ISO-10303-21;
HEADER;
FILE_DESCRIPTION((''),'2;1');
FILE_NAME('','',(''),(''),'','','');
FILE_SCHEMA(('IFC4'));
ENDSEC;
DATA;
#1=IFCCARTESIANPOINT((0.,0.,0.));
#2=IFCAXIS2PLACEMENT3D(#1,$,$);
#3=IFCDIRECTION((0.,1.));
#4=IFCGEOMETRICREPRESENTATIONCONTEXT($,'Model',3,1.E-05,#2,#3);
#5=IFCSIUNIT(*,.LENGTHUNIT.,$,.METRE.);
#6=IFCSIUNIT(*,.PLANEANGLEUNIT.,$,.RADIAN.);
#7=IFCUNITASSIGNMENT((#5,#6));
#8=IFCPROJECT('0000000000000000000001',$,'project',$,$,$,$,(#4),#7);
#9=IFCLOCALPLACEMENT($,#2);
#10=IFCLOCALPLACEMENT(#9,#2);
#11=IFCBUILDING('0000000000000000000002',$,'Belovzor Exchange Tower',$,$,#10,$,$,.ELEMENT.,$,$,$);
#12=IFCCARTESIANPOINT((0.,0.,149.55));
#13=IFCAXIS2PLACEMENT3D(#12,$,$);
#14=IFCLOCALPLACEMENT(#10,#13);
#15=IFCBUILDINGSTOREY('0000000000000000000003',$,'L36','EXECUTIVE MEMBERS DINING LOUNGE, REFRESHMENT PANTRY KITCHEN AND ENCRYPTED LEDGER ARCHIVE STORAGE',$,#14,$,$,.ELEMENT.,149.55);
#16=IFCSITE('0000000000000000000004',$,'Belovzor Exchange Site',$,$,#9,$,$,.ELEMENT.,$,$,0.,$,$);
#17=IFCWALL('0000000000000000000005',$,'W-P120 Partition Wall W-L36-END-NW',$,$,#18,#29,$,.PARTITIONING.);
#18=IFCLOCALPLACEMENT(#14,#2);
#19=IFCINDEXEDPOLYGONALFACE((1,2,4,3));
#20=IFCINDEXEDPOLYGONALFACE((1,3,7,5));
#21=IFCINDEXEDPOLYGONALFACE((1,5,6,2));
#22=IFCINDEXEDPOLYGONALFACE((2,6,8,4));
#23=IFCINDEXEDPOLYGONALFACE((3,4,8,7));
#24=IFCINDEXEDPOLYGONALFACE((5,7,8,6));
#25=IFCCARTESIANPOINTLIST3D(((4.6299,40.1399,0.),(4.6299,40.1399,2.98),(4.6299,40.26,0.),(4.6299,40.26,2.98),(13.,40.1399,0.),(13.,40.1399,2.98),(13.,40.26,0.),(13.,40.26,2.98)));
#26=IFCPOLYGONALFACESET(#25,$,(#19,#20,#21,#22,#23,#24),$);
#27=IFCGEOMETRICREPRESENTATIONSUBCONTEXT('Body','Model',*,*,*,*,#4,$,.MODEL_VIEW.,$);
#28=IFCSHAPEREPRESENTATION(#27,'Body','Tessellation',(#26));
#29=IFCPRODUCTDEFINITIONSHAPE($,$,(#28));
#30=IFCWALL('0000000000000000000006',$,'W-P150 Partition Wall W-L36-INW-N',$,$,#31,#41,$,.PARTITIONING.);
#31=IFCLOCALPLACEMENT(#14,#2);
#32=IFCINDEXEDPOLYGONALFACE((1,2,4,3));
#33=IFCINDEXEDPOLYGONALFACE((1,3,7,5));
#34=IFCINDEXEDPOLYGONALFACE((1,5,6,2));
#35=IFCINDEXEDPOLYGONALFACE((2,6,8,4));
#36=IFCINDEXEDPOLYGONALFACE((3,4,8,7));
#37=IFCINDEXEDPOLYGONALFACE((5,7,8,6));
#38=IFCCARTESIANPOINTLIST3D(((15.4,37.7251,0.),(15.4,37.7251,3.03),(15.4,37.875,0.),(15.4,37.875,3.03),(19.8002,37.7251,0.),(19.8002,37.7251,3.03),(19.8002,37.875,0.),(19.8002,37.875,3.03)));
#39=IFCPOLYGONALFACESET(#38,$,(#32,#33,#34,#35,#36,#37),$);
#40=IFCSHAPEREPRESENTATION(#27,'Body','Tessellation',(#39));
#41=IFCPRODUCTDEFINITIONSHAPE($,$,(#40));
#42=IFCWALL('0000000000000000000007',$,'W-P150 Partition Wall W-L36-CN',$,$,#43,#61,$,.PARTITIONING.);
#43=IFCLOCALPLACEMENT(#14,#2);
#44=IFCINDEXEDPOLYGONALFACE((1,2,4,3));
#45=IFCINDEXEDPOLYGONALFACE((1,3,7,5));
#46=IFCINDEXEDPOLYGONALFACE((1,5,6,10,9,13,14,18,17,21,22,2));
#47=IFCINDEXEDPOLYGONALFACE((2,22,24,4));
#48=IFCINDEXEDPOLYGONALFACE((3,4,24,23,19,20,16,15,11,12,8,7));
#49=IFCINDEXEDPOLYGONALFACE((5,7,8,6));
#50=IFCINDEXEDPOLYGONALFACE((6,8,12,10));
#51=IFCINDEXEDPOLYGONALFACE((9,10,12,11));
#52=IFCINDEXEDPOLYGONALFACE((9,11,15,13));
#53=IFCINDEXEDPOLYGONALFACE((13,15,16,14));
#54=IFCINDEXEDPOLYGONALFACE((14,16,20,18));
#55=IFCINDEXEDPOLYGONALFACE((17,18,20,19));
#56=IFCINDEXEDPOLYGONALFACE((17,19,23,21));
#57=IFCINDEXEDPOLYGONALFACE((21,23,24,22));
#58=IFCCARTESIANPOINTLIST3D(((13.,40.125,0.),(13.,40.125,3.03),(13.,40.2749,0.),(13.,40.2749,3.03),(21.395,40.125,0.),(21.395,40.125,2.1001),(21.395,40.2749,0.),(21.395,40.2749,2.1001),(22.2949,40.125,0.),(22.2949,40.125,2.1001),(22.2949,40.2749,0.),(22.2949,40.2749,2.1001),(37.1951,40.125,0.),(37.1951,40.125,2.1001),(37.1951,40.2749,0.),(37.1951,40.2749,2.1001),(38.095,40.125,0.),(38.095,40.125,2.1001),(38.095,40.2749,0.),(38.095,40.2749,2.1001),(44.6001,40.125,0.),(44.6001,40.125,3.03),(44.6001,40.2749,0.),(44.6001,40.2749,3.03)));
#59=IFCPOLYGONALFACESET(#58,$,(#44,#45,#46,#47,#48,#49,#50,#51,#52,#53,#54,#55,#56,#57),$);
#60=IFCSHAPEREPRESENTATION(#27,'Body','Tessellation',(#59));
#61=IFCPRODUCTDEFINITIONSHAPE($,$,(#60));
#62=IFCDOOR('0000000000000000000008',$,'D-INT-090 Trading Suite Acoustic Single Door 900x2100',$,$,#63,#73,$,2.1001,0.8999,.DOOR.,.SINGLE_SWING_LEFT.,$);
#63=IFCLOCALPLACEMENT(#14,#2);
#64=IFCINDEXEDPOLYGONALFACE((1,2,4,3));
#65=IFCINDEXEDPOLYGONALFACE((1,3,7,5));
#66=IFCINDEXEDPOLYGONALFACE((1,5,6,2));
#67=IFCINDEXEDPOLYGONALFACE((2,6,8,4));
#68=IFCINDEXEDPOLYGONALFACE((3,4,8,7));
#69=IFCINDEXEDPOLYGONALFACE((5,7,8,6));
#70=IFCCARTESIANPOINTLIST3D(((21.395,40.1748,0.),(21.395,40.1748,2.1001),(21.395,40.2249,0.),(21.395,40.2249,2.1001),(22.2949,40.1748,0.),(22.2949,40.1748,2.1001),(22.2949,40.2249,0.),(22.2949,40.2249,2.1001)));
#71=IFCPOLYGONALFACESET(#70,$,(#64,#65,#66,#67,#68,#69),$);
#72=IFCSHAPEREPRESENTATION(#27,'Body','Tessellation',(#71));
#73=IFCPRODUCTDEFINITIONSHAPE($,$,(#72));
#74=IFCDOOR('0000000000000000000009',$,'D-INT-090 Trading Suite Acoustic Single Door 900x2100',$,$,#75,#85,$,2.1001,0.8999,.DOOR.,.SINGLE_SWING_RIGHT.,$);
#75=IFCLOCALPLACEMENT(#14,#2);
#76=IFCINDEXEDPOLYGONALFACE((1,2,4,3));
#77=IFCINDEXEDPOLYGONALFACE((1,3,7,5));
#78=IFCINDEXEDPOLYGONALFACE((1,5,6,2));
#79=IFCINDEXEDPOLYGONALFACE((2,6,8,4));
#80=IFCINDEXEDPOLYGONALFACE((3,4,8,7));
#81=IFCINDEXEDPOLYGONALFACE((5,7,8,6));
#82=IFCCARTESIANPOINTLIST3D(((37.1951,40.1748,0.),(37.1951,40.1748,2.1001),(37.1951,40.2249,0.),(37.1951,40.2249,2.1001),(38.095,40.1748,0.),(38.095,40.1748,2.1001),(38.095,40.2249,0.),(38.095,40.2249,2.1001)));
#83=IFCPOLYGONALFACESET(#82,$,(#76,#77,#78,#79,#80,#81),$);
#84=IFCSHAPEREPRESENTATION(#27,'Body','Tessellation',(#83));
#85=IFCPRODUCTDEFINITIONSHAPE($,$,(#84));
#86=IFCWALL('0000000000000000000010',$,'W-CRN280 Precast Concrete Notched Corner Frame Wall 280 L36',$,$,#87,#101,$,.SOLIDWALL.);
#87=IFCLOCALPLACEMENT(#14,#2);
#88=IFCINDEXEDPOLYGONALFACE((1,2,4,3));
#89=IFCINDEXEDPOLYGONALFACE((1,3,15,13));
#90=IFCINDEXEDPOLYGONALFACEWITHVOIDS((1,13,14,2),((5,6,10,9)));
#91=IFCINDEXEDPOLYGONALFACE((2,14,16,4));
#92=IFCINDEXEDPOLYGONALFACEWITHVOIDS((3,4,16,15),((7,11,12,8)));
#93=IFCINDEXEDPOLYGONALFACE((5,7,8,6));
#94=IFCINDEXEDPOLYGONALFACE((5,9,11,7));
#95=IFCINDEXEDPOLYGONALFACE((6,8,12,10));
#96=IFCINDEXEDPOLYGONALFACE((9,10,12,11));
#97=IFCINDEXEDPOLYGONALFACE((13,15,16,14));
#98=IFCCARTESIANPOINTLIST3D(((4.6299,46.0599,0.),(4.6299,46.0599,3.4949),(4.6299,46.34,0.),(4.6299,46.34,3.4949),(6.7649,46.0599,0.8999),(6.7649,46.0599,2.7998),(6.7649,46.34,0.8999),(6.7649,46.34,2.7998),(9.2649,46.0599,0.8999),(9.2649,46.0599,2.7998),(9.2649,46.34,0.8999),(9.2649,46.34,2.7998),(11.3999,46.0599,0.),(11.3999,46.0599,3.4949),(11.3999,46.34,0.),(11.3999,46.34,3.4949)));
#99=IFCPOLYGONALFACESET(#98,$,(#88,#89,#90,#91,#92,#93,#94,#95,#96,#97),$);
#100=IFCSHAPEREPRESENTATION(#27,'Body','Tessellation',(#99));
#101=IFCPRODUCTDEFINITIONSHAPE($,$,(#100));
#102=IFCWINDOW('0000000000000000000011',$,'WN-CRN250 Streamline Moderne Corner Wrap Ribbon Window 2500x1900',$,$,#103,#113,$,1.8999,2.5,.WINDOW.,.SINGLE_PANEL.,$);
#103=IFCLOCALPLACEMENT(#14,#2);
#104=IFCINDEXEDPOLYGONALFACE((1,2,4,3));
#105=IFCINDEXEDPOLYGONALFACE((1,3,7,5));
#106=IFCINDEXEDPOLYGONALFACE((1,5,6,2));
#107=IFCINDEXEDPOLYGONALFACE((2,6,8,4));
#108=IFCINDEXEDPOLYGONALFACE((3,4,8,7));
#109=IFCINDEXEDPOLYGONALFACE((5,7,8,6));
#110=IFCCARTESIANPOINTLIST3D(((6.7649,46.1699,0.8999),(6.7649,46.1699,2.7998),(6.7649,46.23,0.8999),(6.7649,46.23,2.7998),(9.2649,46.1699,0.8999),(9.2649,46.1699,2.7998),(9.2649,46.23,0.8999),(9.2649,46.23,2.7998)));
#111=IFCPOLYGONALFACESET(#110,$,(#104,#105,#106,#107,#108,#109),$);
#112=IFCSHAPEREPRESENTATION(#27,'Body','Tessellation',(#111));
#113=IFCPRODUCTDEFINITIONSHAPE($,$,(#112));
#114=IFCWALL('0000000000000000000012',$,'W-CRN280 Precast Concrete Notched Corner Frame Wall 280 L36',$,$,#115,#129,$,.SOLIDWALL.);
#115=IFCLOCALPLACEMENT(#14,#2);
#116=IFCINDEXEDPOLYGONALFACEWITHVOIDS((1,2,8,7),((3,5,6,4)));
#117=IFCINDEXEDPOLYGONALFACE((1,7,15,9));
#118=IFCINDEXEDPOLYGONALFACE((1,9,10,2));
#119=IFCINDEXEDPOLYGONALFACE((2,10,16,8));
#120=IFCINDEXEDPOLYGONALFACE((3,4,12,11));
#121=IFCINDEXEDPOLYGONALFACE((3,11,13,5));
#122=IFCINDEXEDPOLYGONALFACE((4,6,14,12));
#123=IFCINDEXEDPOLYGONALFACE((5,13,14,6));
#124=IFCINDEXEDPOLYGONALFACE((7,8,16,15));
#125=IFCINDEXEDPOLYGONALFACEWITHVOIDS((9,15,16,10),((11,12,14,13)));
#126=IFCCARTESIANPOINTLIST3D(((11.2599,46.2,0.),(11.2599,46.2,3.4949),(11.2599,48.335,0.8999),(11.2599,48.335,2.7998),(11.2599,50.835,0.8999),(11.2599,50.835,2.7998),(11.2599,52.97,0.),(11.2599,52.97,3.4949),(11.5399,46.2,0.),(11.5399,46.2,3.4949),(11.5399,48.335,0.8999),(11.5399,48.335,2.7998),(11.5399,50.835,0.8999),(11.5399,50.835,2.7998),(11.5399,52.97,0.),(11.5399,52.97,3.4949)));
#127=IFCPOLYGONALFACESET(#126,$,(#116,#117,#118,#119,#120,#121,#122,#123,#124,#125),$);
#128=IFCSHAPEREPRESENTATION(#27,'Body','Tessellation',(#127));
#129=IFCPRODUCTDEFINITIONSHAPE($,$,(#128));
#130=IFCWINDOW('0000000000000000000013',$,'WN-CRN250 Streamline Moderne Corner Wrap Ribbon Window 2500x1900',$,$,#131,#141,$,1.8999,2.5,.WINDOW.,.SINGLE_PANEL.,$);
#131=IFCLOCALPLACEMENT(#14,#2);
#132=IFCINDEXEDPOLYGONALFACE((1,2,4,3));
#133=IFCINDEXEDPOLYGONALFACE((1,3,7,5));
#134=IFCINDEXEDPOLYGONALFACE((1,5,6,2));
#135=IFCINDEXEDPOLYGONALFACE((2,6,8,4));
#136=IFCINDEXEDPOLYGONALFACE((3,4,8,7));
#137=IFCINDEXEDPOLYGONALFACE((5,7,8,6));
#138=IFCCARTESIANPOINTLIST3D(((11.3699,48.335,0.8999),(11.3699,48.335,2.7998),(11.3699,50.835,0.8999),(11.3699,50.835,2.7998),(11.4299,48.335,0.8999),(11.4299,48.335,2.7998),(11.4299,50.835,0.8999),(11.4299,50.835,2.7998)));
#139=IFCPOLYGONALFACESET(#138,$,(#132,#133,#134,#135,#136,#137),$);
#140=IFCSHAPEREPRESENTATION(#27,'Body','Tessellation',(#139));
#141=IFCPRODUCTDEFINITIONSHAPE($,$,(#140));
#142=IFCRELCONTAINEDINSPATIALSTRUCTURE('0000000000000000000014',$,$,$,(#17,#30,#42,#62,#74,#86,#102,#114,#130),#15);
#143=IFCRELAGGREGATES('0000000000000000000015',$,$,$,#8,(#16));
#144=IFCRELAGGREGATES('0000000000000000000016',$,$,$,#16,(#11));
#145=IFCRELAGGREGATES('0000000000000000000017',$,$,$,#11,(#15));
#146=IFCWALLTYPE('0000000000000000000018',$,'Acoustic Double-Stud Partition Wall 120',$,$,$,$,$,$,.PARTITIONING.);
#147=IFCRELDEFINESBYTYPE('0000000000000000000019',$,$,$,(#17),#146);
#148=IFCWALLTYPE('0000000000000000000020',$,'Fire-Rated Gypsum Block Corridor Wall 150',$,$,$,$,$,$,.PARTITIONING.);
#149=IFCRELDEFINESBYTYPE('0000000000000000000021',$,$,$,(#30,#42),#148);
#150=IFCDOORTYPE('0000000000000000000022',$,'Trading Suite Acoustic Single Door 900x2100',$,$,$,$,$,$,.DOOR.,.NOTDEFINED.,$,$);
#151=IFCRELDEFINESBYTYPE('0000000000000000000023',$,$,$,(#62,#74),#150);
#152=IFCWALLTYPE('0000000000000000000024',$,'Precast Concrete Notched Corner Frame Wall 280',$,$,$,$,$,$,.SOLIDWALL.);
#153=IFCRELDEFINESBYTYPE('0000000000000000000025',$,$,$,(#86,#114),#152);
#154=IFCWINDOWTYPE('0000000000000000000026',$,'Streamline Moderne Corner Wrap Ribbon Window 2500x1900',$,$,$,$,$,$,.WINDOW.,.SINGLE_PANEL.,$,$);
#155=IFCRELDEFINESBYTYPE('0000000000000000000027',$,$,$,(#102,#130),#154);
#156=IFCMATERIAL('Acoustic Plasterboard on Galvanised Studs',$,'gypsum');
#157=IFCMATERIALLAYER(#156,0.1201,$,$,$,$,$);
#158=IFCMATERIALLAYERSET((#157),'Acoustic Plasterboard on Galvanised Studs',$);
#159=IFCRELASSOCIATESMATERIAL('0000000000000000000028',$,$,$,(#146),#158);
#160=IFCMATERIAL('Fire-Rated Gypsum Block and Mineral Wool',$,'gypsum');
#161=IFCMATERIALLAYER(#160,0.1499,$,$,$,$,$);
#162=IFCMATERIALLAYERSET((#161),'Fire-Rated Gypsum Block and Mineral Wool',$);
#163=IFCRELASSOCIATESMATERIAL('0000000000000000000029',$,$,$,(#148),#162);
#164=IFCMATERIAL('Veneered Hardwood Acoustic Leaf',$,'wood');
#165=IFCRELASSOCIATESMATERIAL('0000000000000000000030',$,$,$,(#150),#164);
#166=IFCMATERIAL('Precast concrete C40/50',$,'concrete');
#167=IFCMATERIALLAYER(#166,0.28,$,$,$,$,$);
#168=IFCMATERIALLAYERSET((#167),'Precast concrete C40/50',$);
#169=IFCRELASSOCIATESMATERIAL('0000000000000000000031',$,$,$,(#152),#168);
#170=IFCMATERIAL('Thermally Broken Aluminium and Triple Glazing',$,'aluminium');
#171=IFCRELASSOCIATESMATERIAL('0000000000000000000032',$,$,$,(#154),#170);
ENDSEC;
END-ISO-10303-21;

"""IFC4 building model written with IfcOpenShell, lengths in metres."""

from ifc_helpers import new_model, si_unit, direction, frame, frame_2d, origin, place, context, subcontext, project, spatial, rectangle, extrude, material, layer, layer_set, type_object, element, fill, save


model = new_model("IFC4")

# Units and contexts
model_context = context("Model", 3, precision=1e-05, world=origin(), true_north=direction((0.0, 1.0)))
body_context = subcontext(model_context, "Body", "Model", "MODEL_VIEW")
ifc_project = project(units=[si_unit("LENGTHUNIT", "METRE"), si_unit("PLANEANGLEUNIT", "RADIAN")], contexts=[model_context])

# Site, building, storey
site_placement = place(None, origin())
site = spatial("IfcSite", under=ifc_project, at=site_placement, Name="Belovzor Exchange Site", CompositionType="ELEMENT", RefElevation=0.0)
building_placement = place(site_placement, origin())
building = spatial("IfcBuilding", under=site, at=building_placement, Name="Belovzor Exchange Tower", CompositionType="ELEMENT")
storey_placement = place(building_placement, frame((0.0, 0.0, 149.55)))
storey = spatial("IfcBuildingStorey", under=building, at=storey_placement, Name="L36", Description="EXECUTIVE MEMBERS DINING LOUNGE, REFRESHMENT PANTRY KITCHEN AND ENCRYPTED LEDGER ARCHIVE STORAGE", CompositionType="ELEMENT", Elevation=149.55)

# Walls
ifc_material_1 = material(Name="Acoustic Plasterboard on Galvanised Studs", Category="gypsum")
ifc_layer_1 = layer(ifc_material_1, 0.1201)
ifc_layer_set_1 = layer_set([ifc_layer_1], Name="Acoustic Plasterboard on Galvanised Studs")
wall_type_1 = type_object("IfcWallType", Name="Acoustic Double-Stud Partition Wall 120", PredefinedType="PARTITIONING", material=ifc_layer_set_1)
wall_1_placement = place(storey_placement, frame((4.6299, 40.2, 0.0), z_axis=(0.0, 0.0, 1.0), x_axis=(1.0, 0.0, 0.0)))
element("IfcWall", 1, at=wall_1_placement, inside=storey, type_object=wall_type_1, Name="W-P120 Partition Wall W-L36-END-NW", PredefinedType="PARTITIONING", context=body_context, shape_type="SweptSolid", body=[
    extrude(rectangle(XDim=8.3701, YDim=0.1201, at=frame_2d((4.1851, 0.0))), origin(), (0.0, 0.0, 1.0), 2.98),
])
ifc_material_2 = material(Name="Fire-Rated Gypsum Block and Mineral Wool", Category="gypsum")
ifc_layer_2 = layer(ifc_material_2, 0.1499)
ifc_layer_set_2 = layer_set([ifc_layer_2], Name="Fire-Rated Gypsum Block and Mineral Wool")
wall_type_2 = type_object("IfcWallType", Name="Fire-Rated Gypsum Block Corridor Wall 150", PredefinedType="PARTITIONING", material=ifc_layer_set_2)
wall_2_placement = place(storey_placement, frame((15.3999, 37.8, 0.0), z_axis=(0.0, 0.0, 1.0), x_axis=(1.0, 0.0, 0.0)))
element("IfcWall", 2, at=wall_2_placement, inside=storey, type_object=wall_type_2, Name="W-P150 Partition Wall W-L36-INW-N", PredefinedType="PARTITIONING", context=body_context, shape_type="SweptSolid", body=[
    extrude(rectangle(XDim=4.4001, YDim=0.1499, at=frame_2d((2.2002, 0.0))), origin(), (0.0, 0.0, 1.0), 3.03),
])

# Wall, openings, doors
wall_3_placement = place(storey_placement, frame((13.0, 40.2, 0.0), z_axis=(0.0, 0.0, 1.0), x_axis=(1.0, 0.0, 0.0)))
wall_3 = element("IfcWall", 3, at=wall_3_placement, inside=storey, type_object=wall_type_2, Name="W-P150 Partition Wall W-L36-CN", PredefinedType="PARTITIONING", context=body_context, shape_type="SweptSolid", body=[
    extrude(rectangle(XDim=31.6001, YDim=0.1499, at=frame_2d((15.8, 0.0))), origin(), (0.0, 0.0, 1.0), 3.03),
])
opening_1_placement = place(wall_3_placement, frame((8.395, 0.0, 0.0)))
opening_1 = element("IfcOpeningElement", 4, at=opening_1_placement, cuts=wall_3, PredefinedType="OPENING", context=body_context, shape_type="SweptSolid", body=[
    extrude(rectangle(XDim=0.8999, YDim=2.1001, at=frame_2d((0.45, 1.05))), frame((0.0, 0.085, 0.0), z_axis=(0.0, -1.0, 0.0), x_axis=(1.0, 0.0, 0.0)), (0.0, 0.0, 1.0), 0.1699),
])
opening_2_placement = place(wall_3_placement, frame((24.1951, 0.0, 0.0)))
opening_2 = element("IfcOpeningElement", 5, at=opening_2_placement, cuts=wall_3, PredefinedType="OPENING", context=body_context, shape_type="SweptSolid", body=[
    extrude(rectangle(XDim=0.8999, YDim=2.1001, at=frame_2d((0.45, 1.05))), frame((0.0, 0.085, 0.0), z_axis=(0.0, -1.0, 0.0), x_axis=(1.0, 0.0, 0.0)), (0.0, 0.0, 1.0), 0.1699),
])
ifc_material_3 = material(Name="Veneered Hardwood Acoustic Leaf", Category="wood")
door_type = type_object("IfcDoorType", Name="Trading Suite Acoustic Single Door 900x2100", OperationType="NOTDEFINED", PredefinedType="DOOR", material=ifc_material_3)
door_1_placement = place(opening_1_placement, origin())
door_1 = element("IfcDoor", 6, at=door_1_placement, inside=storey, type_object=door_type, Name="D-INT-090 Trading Suite Acoustic Single Door 900x2100", OperationType="SINGLE_SWING_LEFT", OverallHeight=2.1001, OverallWidth=0.8999, PredefinedType="DOOR", context=body_context, shape_type="SweptSolid", body=[
    extrude(rectangle(XDim=0.8999, YDim=2.1001, at=frame_2d((0.45, 1.05))), frame((0.0, 0.0249, 0.0), z_axis=(0.0, -1.0, 0.0), x_axis=(1.0, 0.0, 0.0)), (0.0, 0.0, 1.0), 0.05),
])
fill(opening_1, door_1)
door_2_placement = place(opening_2_placement, origin())
door_2 = element("IfcDoor", 7, at=door_2_placement, inside=storey, type_object=door_type, Name="D-INT-090 Trading Suite Acoustic Single Door 900x2100", OperationType="SINGLE_SWING_RIGHT", OverallHeight=2.1001, OverallWidth=0.8999, PredefinedType="DOOR", context=body_context, shape_type="SweptSolid", body=[
    extrude(rectangle(XDim=0.8999, YDim=2.1001, at=frame_2d((0.45, 1.05))), frame((0.0, 0.0249, 0.0), z_axis=(0.0, -1.0, 0.0), x_axis=(1.0, 0.0, 0.0)), (0.0, 0.0, 1.0), 0.05),
])
fill(opening_2, door_2)

# Walls, openings, windows
ifc_material_4 = material(Name="Precast concrete C40/50", Category="concrete")
ifc_layer_3 = layer(ifc_material_4, 0.28)
ifc_layer_set_3 = layer_set([ifc_layer_3], Name="Precast concrete C40/50")
wall_type_3 = type_object("IfcWallType", Name="Precast Concrete Notched Corner Frame Wall 280", PredefinedType="SOLIDWALL", material=ifc_layer_set_3)
wall_4_placement = place(storey_placement, frame((4.6299, 46.2, 0.0), z_axis=(0.0, 0.0, 1.0), x_axis=(1.0, 0.0, 0.0)))
wall_4 = element("IfcWall", 8, at=wall_4_placement, inside=storey, type_object=wall_type_3, Name="W-CRN280 Precast Concrete Notched Corner Frame Wall 280 L36", PredefinedType="SOLIDWALL", context=body_context, shape_type="SweptSolid", body=[
    extrude(rectangle(XDim=6.77, YDim=0.28, at=frame_2d((3.385, 0.0))), origin(), (0.0, 0.0, 1.0), 3.4949),
])
opening_3_placement = place(wall_4_placement, frame((2.135, 0.0, 0.8999)))
opening_3 = element("IfcOpeningElement", 9, at=opening_3_placement, cuts=wall_4, PredefinedType="OPENING", context=body_context, shape_type="SweptSolid", body=[
    extrude(rectangle(XDim=2.5, YDim=1.8999, at=frame_2d((1.25, 0.95))), frame((0.0, 0.1499, 0.0), z_axis=(0.0, -1.0, 0.0), x_axis=(1.0, 0.0, 0.0)), (0.0, 0.0, 1.0), 0.3),
])
ifc_material_5 = material(Name="Thermally Broken Aluminium and Triple Glazing", Category="aluminium")
window_type_1 = type_object("IfcWindowType", Name="Streamline Moderne Corner Wrap Ribbon Window 2500x1900", PartitioningType="SINGLE_PANEL", PredefinedType="WINDOW", material=ifc_material_5)
window_1_placement = place(opening_3_placement, origin())
window_1 = element("IfcWindow", 10, at=window_1_placement, inside=storey, type_object=window_type_1, Name="WN-CRN250 Streamline Moderne Corner Wrap Ribbon Window 2500x1900", OverallHeight=1.8999, OverallWidth=2.5, PartitioningType="SINGLE_PANEL", PredefinedType="WINDOW", context=body_context, shape_type="SweptSolid", body=[
    extrude(rectangle(XDim=2.5, YDim=1.8999, at=frame_2d((1.25, 0.95))), frame((0.0, 0.03, 0.0), z_axis=(0.0, -1.0, 0.0), x_axis=(1.0, 0.0, 0.0)), (0.0, 0.0, 1.0), 0.0601),
])
fill(opening_3, window_1)
wall_5_placement = place(storey_placement, frame((11.3999, 46.2, 0.0), z_axis=(0.0, 0.0, 1.0), x_axis=(0.0, 1.0, 0.0)))
wall_5 = element("IfcWall", 11, at=wall_5_placement, inside=storey, type_object=wall_type_3, Name="W-CRN280 Precast Concrete Notched Corner Frame Wall 280 L36", PredefinedType="SOLIDWALL", context=body_context, shape_type="SweptSolid", body=[
    extrude(rectangle(XDim=6.77, YDim=0.28, at=frame_2d((3.385, 0.0))), origin(), (0.0, 0.0, 1.0), 3.4949),
])
opening_4_placement = place(wall_5_placement, frame((2.135, 0.0, 0.8999)))
opening_4 = element("IfcOpeningElement", 12, at=opening_4_placement, cuts=wall_5, PredefinedType="OPENING", context=body_context, shape_type="SweptSolid", body=[
    extrude(rectangle(XDim=2.5, YDim=1.8999, at=frame_2d((1.25, 0.95))), frame((0.0, 0.1499, 0.0), z_axis=(0.0, -1.0, 0.0), x_axis=(1.0, 0.0, 0.0)), (0.0, 0.0, 1.0), 0.3),
])
window_2_placement = place(opening_4_placement, origin())
window_2 = element("IfcWindow", 13, at=window_2_placement, inside=storey, type_object=window_type_1, Name="WN-CRN250 Streamline Moderne Corner Wrap Ribbon Window 2500x1900", OverallHeight=1.8999, OverallWidth=2.5, PartitioningType="SINGLE_PANEL", PredefinedType="WINDOW", context=body_context, shape_type="SweptSolid", body=[
    extrude(rectangle(XDim=2.5, YDim=1.8999, at=frame_2d((1.25, 0.95))), frame((0.0, 0.03, 0.0), z_axis=(0.0, -1.0, 0.0), x_axis=(1.0, 0.0, 0.0)), (0.0, 0.0, 1.0), 0.0601),
])
fill(opening_4, window_2)

save(model, "model.ifc")
